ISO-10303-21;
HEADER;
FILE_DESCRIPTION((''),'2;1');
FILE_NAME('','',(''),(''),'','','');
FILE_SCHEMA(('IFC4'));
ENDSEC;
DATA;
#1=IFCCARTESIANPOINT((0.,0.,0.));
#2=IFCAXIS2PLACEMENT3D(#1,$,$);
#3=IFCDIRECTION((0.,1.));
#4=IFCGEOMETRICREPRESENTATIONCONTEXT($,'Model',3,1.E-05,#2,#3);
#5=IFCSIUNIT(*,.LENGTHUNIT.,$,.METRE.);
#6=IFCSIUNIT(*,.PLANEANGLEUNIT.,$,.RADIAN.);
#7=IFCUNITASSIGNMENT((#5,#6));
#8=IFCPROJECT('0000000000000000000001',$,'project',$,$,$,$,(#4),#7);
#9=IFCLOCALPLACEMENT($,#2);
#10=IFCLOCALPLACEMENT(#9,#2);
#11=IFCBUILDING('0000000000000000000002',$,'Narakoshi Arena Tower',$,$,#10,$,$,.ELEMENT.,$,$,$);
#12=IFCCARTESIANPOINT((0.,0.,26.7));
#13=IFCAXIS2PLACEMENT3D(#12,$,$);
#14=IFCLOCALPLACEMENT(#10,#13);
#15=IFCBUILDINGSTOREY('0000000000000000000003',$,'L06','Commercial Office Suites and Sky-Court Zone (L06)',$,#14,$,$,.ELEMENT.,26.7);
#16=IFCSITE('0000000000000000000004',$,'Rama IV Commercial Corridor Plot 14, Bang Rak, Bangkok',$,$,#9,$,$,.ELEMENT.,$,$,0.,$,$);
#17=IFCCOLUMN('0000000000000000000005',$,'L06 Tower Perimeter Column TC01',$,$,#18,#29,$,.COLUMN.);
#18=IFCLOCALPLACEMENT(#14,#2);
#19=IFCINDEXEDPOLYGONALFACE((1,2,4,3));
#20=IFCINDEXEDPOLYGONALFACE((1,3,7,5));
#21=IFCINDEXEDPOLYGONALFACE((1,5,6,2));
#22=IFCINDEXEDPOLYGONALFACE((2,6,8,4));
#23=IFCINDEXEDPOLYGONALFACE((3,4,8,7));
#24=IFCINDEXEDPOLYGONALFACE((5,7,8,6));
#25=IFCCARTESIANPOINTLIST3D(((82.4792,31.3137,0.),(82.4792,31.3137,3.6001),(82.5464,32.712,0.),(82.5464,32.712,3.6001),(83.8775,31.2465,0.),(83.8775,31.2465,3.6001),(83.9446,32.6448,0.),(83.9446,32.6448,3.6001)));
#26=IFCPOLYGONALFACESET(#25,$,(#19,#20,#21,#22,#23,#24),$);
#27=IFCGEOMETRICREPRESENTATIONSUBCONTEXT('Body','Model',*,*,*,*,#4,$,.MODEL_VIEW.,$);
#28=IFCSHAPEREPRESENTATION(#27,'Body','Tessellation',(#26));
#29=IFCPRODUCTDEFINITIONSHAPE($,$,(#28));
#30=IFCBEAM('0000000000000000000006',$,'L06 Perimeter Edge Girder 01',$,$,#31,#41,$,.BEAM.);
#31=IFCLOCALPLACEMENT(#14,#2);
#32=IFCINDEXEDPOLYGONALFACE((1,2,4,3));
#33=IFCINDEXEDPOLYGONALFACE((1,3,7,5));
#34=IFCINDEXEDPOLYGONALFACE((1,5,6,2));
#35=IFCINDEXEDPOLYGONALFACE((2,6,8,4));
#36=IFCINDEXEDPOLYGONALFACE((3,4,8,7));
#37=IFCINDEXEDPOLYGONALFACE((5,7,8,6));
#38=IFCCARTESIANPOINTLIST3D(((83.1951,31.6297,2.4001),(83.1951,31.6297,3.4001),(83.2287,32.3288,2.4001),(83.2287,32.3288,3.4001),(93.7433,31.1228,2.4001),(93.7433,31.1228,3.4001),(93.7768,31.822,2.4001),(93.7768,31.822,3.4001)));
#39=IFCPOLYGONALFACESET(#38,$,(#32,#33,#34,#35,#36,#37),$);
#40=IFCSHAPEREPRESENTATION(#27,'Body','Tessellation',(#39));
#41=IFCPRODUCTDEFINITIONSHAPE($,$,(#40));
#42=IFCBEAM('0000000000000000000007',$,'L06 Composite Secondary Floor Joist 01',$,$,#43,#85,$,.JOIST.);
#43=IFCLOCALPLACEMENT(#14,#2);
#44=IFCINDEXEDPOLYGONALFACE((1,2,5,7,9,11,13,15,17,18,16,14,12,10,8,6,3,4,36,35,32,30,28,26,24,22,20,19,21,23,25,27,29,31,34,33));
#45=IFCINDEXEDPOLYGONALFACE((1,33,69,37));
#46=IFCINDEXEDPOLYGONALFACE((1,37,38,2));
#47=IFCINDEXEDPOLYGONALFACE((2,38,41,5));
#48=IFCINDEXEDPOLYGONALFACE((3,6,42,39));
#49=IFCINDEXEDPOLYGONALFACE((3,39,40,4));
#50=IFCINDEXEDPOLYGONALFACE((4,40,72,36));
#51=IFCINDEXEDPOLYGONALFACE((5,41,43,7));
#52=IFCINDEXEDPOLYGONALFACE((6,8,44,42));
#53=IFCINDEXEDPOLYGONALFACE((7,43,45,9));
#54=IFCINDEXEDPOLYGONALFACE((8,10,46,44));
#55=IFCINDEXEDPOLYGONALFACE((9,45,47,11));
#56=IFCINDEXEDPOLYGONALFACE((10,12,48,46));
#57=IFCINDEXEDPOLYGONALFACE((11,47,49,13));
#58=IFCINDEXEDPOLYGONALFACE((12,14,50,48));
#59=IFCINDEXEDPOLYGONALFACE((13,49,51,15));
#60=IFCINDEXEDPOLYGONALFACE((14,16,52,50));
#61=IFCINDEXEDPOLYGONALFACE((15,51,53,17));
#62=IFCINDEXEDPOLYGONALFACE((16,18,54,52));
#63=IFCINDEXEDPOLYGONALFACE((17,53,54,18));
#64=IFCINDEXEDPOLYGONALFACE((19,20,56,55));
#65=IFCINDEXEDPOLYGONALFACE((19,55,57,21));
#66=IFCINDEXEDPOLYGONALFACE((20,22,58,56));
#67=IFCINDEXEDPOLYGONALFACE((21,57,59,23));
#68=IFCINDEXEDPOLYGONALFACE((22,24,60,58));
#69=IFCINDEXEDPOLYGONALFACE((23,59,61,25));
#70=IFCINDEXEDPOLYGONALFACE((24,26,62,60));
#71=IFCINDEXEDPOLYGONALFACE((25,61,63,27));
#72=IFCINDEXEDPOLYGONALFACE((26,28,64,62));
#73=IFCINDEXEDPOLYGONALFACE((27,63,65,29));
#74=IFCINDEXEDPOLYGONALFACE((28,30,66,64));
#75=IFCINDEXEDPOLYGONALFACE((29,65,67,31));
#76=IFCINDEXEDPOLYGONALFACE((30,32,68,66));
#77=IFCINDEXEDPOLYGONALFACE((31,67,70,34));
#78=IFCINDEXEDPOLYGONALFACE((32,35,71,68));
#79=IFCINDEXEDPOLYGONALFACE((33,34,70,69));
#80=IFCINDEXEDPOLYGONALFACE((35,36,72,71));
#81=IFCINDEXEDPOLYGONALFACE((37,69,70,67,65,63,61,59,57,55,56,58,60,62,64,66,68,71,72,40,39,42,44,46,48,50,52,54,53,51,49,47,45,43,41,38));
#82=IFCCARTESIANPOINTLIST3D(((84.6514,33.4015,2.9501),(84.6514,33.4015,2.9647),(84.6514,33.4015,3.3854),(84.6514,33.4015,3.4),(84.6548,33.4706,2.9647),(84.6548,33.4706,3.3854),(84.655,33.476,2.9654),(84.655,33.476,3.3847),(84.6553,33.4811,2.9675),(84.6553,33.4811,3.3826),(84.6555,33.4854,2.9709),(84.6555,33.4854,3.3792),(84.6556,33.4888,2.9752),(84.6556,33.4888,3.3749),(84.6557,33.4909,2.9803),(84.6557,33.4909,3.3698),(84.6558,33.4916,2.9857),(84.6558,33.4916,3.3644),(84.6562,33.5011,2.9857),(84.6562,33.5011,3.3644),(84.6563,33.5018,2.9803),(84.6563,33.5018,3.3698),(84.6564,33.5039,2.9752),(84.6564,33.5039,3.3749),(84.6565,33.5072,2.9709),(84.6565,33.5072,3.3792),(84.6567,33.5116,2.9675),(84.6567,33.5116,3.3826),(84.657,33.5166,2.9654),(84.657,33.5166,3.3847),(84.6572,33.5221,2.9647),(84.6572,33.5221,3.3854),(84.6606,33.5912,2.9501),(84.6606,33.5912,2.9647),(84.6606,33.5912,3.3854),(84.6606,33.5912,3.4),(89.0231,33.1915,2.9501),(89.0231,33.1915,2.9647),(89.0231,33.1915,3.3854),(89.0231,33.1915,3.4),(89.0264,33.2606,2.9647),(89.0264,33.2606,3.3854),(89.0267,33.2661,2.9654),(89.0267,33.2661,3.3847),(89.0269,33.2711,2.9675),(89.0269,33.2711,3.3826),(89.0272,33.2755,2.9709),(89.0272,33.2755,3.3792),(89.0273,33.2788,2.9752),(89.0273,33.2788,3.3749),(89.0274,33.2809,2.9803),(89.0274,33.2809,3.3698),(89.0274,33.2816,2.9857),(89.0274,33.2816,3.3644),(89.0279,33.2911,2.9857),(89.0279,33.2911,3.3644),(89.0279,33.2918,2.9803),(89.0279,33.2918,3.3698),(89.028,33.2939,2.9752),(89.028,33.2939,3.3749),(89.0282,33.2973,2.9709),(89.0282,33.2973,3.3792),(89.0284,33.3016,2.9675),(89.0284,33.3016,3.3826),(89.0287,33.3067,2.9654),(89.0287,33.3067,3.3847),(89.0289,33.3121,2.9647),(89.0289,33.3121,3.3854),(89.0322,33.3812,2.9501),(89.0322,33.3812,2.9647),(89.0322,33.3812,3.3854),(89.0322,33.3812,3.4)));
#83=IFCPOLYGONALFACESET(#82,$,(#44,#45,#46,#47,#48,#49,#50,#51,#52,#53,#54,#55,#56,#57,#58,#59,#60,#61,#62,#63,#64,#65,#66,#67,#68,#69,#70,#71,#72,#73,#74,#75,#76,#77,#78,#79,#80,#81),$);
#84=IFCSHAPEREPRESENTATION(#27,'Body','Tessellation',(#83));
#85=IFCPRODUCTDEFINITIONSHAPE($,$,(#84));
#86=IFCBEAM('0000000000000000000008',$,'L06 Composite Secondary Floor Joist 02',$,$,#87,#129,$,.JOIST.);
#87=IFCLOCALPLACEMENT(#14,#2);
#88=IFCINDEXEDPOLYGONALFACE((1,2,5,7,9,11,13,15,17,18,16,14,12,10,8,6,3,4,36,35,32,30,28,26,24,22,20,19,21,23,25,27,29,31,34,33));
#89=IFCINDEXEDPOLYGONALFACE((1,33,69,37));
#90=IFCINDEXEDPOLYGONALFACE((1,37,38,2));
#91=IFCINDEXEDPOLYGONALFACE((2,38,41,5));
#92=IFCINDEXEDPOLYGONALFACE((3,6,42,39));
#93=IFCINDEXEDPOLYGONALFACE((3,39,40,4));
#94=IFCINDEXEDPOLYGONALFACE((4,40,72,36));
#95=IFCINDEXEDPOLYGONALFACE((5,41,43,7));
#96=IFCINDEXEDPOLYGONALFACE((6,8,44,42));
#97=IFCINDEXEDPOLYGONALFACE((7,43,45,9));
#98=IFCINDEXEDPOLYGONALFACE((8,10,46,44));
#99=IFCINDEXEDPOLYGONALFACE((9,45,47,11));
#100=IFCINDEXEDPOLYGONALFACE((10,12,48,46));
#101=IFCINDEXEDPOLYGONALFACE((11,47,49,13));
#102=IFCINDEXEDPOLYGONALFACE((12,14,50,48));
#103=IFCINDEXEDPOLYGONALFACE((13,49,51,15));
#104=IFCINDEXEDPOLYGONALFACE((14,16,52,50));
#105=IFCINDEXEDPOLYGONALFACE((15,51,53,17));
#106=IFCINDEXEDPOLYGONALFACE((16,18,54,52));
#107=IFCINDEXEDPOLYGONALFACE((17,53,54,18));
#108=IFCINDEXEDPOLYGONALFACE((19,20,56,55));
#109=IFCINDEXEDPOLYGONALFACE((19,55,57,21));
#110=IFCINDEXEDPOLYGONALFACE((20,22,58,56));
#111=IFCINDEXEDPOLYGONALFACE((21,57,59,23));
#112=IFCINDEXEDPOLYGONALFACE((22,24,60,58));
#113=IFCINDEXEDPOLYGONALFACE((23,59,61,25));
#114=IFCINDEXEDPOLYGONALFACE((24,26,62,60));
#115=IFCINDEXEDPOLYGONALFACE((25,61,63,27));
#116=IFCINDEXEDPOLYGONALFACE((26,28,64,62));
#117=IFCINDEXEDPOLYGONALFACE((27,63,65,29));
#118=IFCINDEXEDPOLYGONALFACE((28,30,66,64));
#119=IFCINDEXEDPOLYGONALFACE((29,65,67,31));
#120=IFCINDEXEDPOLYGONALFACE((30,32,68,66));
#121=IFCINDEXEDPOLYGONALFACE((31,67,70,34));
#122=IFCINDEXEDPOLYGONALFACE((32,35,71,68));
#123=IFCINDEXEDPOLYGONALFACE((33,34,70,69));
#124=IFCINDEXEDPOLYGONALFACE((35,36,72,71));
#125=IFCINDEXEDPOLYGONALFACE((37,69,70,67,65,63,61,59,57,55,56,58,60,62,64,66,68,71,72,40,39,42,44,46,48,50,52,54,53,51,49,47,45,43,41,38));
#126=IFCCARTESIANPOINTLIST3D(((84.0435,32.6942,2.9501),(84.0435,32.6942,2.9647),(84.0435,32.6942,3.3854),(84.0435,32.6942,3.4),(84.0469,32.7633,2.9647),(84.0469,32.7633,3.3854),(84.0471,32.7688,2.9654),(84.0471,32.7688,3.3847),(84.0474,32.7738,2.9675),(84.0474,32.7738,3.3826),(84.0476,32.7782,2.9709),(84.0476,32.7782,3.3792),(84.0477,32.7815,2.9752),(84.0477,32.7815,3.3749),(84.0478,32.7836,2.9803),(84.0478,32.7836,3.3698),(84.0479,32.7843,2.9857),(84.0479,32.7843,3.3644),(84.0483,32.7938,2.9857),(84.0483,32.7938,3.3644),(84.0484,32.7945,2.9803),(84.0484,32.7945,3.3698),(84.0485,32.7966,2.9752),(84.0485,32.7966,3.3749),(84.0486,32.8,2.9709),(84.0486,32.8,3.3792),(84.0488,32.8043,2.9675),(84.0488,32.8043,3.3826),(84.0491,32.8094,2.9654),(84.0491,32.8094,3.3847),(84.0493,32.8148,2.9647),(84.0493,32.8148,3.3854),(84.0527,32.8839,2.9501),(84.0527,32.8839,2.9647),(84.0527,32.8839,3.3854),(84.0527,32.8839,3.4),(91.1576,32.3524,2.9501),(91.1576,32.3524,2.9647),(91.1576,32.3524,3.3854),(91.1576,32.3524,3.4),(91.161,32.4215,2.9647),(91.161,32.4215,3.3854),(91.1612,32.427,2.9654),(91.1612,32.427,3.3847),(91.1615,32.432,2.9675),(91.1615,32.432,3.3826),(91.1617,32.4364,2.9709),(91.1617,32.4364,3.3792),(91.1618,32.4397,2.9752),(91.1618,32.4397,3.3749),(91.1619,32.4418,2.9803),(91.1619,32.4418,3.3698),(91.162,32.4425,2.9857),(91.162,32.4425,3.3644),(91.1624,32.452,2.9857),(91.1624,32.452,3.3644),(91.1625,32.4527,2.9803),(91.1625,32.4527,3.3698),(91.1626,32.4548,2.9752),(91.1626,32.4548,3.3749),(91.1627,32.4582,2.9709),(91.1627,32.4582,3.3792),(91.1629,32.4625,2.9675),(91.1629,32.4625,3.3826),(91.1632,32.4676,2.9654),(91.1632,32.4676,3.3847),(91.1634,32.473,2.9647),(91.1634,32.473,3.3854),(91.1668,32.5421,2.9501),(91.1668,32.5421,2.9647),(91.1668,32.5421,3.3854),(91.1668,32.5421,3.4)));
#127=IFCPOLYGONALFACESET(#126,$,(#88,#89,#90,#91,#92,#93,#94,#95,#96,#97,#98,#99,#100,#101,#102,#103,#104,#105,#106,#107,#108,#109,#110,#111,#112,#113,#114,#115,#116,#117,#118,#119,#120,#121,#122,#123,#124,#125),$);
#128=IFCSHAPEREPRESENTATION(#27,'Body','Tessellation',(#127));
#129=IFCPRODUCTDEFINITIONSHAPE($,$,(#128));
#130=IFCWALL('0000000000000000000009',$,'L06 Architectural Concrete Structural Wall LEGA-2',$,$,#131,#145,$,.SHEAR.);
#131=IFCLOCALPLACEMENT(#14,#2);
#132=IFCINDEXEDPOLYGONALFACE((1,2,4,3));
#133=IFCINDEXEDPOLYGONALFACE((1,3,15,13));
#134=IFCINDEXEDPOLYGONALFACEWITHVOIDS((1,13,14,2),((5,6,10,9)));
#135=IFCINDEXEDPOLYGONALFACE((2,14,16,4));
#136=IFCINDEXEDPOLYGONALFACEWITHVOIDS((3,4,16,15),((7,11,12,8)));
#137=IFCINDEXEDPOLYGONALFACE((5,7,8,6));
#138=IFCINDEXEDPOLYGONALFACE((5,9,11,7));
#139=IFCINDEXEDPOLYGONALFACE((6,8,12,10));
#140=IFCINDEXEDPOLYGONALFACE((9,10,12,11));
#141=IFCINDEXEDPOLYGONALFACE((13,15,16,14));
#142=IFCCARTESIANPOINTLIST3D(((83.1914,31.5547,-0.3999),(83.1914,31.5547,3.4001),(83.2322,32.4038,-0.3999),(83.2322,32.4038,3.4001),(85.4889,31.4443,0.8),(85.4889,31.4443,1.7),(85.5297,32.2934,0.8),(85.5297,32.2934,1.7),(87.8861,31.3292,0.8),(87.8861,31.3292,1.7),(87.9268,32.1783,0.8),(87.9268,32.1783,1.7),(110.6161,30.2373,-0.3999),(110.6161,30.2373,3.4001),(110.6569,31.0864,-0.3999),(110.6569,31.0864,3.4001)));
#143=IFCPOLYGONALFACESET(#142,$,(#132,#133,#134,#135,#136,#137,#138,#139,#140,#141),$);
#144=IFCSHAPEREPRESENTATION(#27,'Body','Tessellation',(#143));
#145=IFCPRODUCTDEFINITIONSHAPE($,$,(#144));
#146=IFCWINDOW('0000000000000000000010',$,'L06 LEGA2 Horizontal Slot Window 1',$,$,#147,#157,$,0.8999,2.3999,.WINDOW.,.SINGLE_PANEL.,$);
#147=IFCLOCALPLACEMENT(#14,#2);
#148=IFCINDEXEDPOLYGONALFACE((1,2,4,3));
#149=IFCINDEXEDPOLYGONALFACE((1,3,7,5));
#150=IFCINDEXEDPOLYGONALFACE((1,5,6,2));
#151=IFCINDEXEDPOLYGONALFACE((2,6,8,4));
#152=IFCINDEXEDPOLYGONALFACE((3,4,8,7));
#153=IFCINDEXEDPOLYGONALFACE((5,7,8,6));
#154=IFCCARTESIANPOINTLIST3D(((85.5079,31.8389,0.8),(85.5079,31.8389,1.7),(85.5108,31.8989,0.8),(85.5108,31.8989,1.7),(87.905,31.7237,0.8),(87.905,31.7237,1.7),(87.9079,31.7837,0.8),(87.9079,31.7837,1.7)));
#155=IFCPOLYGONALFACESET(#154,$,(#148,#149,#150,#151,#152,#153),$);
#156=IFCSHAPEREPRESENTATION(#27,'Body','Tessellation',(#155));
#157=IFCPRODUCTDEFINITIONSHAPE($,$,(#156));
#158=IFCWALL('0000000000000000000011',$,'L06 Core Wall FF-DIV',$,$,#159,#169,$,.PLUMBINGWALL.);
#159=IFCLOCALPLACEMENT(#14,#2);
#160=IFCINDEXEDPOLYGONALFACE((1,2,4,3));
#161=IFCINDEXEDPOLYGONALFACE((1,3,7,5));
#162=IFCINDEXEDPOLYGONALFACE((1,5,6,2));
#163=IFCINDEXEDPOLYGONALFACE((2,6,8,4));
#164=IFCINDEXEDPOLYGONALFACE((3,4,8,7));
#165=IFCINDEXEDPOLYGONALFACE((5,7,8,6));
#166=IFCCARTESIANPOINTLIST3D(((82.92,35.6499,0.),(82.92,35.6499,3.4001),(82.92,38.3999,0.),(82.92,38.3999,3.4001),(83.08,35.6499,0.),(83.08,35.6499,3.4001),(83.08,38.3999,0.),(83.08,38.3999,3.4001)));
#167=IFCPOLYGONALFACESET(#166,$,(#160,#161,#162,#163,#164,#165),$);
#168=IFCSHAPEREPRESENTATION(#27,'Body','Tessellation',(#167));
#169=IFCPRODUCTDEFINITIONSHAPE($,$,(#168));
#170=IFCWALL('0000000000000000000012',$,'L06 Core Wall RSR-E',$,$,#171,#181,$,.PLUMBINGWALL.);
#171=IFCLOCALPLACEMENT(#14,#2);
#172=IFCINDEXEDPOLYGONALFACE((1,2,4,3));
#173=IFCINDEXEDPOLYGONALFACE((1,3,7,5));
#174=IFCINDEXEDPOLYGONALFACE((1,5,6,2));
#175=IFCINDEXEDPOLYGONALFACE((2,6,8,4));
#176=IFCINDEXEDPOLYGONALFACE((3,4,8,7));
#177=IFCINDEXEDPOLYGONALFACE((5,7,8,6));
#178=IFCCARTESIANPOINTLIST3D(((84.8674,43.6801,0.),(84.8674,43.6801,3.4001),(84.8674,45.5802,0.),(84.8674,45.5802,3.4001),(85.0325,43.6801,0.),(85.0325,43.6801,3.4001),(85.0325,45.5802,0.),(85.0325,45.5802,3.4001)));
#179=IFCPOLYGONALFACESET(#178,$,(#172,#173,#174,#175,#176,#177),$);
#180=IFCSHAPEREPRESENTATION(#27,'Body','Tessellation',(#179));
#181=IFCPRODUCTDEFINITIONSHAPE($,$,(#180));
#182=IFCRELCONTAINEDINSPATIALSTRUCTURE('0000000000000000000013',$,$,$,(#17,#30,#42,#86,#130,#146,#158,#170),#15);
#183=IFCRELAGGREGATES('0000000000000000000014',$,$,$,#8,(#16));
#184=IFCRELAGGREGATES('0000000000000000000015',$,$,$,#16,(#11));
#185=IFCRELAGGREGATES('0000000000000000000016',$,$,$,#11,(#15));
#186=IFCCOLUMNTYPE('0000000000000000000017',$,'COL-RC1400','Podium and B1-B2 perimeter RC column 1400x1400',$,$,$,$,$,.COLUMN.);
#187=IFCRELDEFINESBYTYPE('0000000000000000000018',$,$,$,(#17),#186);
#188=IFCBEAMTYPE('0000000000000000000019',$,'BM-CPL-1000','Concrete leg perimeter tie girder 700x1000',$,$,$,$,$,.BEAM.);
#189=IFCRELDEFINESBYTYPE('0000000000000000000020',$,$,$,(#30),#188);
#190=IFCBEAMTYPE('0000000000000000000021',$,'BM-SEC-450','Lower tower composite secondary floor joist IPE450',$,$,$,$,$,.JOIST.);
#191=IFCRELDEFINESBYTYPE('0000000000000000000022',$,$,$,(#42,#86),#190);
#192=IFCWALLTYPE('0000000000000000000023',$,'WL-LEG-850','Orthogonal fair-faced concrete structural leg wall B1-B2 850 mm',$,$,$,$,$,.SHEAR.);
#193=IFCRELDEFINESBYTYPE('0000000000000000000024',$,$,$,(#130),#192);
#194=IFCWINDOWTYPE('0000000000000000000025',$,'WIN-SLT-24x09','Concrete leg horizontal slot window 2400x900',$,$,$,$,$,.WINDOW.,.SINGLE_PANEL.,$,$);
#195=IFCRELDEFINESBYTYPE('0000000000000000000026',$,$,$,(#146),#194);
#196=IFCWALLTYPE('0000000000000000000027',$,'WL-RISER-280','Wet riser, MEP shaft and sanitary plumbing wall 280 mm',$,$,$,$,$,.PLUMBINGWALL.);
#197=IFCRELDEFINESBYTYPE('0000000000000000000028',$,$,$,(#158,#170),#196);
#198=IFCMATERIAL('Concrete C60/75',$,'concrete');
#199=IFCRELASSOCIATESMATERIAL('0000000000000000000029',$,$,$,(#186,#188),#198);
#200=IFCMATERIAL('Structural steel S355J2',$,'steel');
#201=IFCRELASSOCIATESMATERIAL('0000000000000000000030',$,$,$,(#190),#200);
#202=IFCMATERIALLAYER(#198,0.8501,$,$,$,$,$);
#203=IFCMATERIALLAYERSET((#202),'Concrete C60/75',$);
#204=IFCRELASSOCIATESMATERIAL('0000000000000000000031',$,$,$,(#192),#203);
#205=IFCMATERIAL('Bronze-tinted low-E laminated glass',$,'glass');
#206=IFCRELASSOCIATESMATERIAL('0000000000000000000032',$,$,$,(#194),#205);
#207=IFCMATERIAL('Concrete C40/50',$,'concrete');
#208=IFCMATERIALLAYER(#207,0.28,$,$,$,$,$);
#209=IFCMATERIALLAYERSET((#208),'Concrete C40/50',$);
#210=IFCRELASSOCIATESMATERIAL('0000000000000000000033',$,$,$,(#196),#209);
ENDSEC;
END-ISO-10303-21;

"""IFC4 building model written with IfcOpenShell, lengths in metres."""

from ifc_helpers import new_model, si_unit, direction, frame, frame_2d, origin, origin_2d, place, context, subcontext, project, spatial, rectangle, i_section, extrude, material, layer, layer_set, material_profile, profile_set, type_object, element, fill, save


model = new_model("IFC4")

# Units and contexts
model_context = context("Model", 3, precision=1e-05, world=origin(), true_north=direction((0.0, 1.0)))
body_context = subcontext(model_context, "Body", "Model", "MODEL_VIEW")
ifc_project = project(units=[si_unit("LENGTHUNIT", "METRE"), si_unit("PLANEANGLEUNIT", "RADIAN")], contexts=[model_context])

# Site, building, storey
site_placement = place(None, origin())
site = spatial("IfcSite", under=ifc_project, at=site_placement, Name="Rama IV Commercial Corridor Plot 14, Bang Rak, Bangkok", CompositionType="ELEMENT", RefElevation=0.0)
building_placement = place(site_placement, origin())
building = spatial("IfcBuilding", under=site, at=building_placement, Name="Narakoshi Arena Tower", CompositionType="ELEMENT")
storey_placement = place(building_placement, frame((0.0, 0.0, 26.7)))
storey = spatial("IfcBuildingStorey", under=building, at=storey_placement, Name="L06", Description="Commercial Office Suites and Sky-Court Zone (L06)", CompositionType="ELEMENT", Elevation=26.7)

# Column
ifc_material_1 = material(Name="Concrete C60/75", Category="concrete")
ifc_material_profile_1 = material_profile(ifc_material_1, rectangle(XDim=1.3999, YDim=1.3999, at=origin_2d()), Name="RC1400x1400")
ifc_profile_set_1 = profile_set([ifc_material_profile_1], Name="Concrete C60/75")
column_type = type_object("IfcColumnType", Name="COL-RC1400", Description="Podium and B1-B2 perimeter RC column 1400x1400", PredefinedType="COLUMN", material=ifc_profile_set_1)
column_placement = place(storey_placement, frame((83.2119, 31.9792, 0.0), z_axis=(0.0, 0.0, 1.0), x_axis=(-0.998848, 0.047978, 0.0)))
element("IfcColumn", 1, at=column_placement, inside=storey, type_object=column_type, Name="L06 Tower Perimeter Column TC01", PredefinedType="COLUMN", context=body_context, shape_type="SweptSolid", body=[
    extrude(rectangle(XDim=1.3999, YDim=1.3999, at=origin_2d()), origin(), (0.0, 0.0, 1.0), 3.6001),
])

# Beams
ifc_material_profile_2 = material_profile(ifc_material_1, rectangle(XDim=0.7, YDim=1.0, at=origin_2d()), Name="RCB700x1000")
ifc_profile_set_2 = profile_set([ifc_material_profile_2], Name="Concrete C60/75")
beam_type_1 = type_object("IfcBeamType", Name="BM-CPL-1000", Description="Concrete leg perimeter tie girder 700x1000", PredefinedType="BEAM", material=ifc_profile_set_2)
beam_1_placement = place(storey_placement, frame((83.2119, 31.9792, 2.9001), z_axis=(0.998848, -0.047995, 0.0), x_axis=(0.047995, 0.998848, 0.0)))
element("IfcBeam", 2, at=beam_1_placement, inside=storey, type_object=beam_type_1, Name="L06 Perimeter Edge Girder 01", PredefinedType="BEAM", context=body_context, shape_type="SweptSolid", body=[
    extrude(rectangle(XDim=0.7, YDim=1.0, at=origin_2d()), origin(), (0.0, 0.0, 1.0), 10.5603),
])
ifc_material_2 = material(Name="Structural steel S355J2", Category="steel")
ifc_material_profile_3 = material_profile(ifc_material_2, i_section(OverallWidth=0.1899, OverallDepth=0.45, WebThickness=0.0095, FlangeThickness=0.0146, FilletRadius=0.021, at=origin_2d()), Name="IPE450")
ifc_profile_set_3 = profile_set([ifc_material_profile_3], Name="Structural steel S355J2")
beam_type_2 = type_object("IfcBeamType", Name="BM-SEC-450", Description="Lower tower composite secondary floor joist IPE450", PredefinedType="JOIST", material=ifc_profile_set_3)
beam_2_placement = place(storey_placement, frame((84.656, 33.4963, 3.175), z_axis=(0.998849, -0.047973, 0.0), x_axis=(0.047973, 0.998849, 0.0)))
element("IfcBeam", 3, at=beam_2_placement, inside=storey, type_object=beam_type_2, Name="L06 Composite Secondary Floor Joist 01", PredefinedType="JOIST", context=body_context, shape_type="SweptSolid", body=[
    extrude(i_section(OverallWidth=0.1899, OverallDepth=0.45, WebThickness=0.0095, FlangeThickness=0.0146, FilletRadius=0.021, at=origin_2d()), origin(), (0.0, 0.0, 1.0), 4.3767),
])
beam_3_placement = place(storey_placement, frame((84.0481, 32.7891, 3.175), z_axis=(0.998848, -0.04799, 0.0), x_axis=(0.04799, 0.998848, 0.0)))
element("IfcBeam", 4, at=beam_3_placement, inside=storey, type_object=beam_type_2, Name="L06 Composite Secondary Floor Joist 02", PredefinedType="JOIST", context=body_context, shape_type="SweptSolid", body=[
    extrude(i_section(OverallWidth=0.1899, OverallDepth=0.45, WebThickness=0.0095, FlangeThickness=0.0146, FilletRadius=0.021, at=origin_2d()), origin(), (0.0, 0.0, 1.0), 7.1223),
])

# Wall, opening, window
ifc_layer_1 = layer(ifc_material_1, 0.8501)
ifc_layer_set_1 = layer_set([ifc_layer_1], Name="Concrete C60/75")
wall_type_1 = type_object("IfcWallType", Name="WL-LEG-850", Description="Orthogonal fair-faced concrete structural leg wall B1-B2 850 mm", PredefinedType="SHEAR", material=ifc_layer_set_1)
wall_1_placement = place(storey_placement, frame((83.2119, 31.9792, -0.3999), z_axis=(0.0, 0.0, 1.0), x_axis=(0.998848, -0.047981, 0.0)))
wall_1 = element("IfcWall", 5, at=wall_1_placement, inside=storey, type_object=wall_type_1, Name="L06 Architectural Concrete Structural Wall LEGA-2", PredefinedType="SHEAR", context=body_context, shape_type="SweptSolid", body=[
    extrude(rectangle(XDim=27.4563, YDim=0.8501, at=frame_2d((13.728, 0.0))), origin(), (0.0, 0.0, 1.0), 3.8),
])
opening_1_placement = place(wall_1_placement, frame((2.3, 0.0, 1.2)))
opening_1 = element("IfcOpeningElement", 6, at=opening_1_placement, cuts=wall_1, PredefinedType="OPENING", context=body_context, shape_type="SweptSolid", body=[
    extrude(rectangle(XDim=2.3999, YDim=0.8999, at=frame_2d((1.2, 0.45))), frame((0.0, 0.4351, 0.0), z_axis=(0.0, -1.0, 0.0), x_axis=(1.0, 0.0, 0.0)), (0.0, 0.0, 1.0), 0.8701),
])
ifc_material_3 = material(Name="Bronze-tinted low-E laminated glass", Category="glass")
window_type = type_object("IfcWindowType", Name="WIN-SLT-24x09", Description="Concrete leg horizontal slot window 2400x900", PartitioningType="SINGLE_PANEL", PredefinedType="WINDOW", material=ifc_material_3)
window_placement = place(opening_1_placement, origin())
window = element("IfcWindow", 7, at=window_placement, inside=storey, type_object=window_type, Name="L06 LEGA2 Horizontal Slot Window 1", OverallHeight=0.8999, OverallWidth=2.3999, PartitioningType="SINGLE_PANEL", PredefinedType="WINDOW", context=body_context, shape_type="SweptSolid", body=[
    extrude(rectangle(XDim=2.3999, YDim=0.8999, at=frame_2d((1.2, 0.45))), frame((0.0, 0.03, 0.0), z_axis=(0.0, -1.0, 0.0), x_axis=(1.0, 0.0, 0.0)), (0.0, 0.0, 1.0), 0.0601),
])
fill(opening_1, window)

# Walls
ifc_material_4 = material(Name="Concrete C40/50", Category="concrete")
ifc_layer_2 = layer(ifc_material_4, 0.28)
ifc_layer_set_2 = layer_set([ifc_layer_2], Name="Concrete C40/50")
wall_type_2 = type_object("IfcWallType", Name="WL-RISER-280", Description="Wet riser, MEP shaft and sanitary plumbing wall 280 mm", PredefinedType="PLUMBINGWALL", material=ifc_layer_set_2)
wall_2_placement = place(storey_placement, frame((83.0, 35.6499, 0.0), z_axis=(0.0, 0.0, 1.0), x_axis=(0.0, 1.0, 0.0)))
element("IfcWall", 8, at=wall_2_placement, inside=storey, type_object=wall_type_2, Name="L06 Core Wall FF-DIV", PredefinedType="PLUMBINGWALL", context=body_context, shape_type="SweptSolid", body=[
    extrude(rectangle(XDim=2.75, YDim=0.1599, at=frame_2d((1.375, 0.0))), origin(), (0.0, 0.0, 1.0), 3.4001),
])
wall_3_placement = place(storey_placement, frame((84.95, 43.6799, 0.0), z_axis=(0.0, 0.0, 1.0), x_axis=(0.0, 1.0, 0.0)))
element("IfcWall", 9, at=wall_3_placement, inside=storey, type_object=wall_type_2, Name="L06 Core Wall RSR-E", PredefinedType="PLUMBINGWALL", context=body_context, shape_type="SweptSolid", body=[
    extrude(rectangle(XDim=1.9001, YDim=0.165, at=frame_2d((0.9502, 0.0))), origin(), (0.0, 0.0, 1.0), 3.4001),
])

save(model, "model.ifc")
